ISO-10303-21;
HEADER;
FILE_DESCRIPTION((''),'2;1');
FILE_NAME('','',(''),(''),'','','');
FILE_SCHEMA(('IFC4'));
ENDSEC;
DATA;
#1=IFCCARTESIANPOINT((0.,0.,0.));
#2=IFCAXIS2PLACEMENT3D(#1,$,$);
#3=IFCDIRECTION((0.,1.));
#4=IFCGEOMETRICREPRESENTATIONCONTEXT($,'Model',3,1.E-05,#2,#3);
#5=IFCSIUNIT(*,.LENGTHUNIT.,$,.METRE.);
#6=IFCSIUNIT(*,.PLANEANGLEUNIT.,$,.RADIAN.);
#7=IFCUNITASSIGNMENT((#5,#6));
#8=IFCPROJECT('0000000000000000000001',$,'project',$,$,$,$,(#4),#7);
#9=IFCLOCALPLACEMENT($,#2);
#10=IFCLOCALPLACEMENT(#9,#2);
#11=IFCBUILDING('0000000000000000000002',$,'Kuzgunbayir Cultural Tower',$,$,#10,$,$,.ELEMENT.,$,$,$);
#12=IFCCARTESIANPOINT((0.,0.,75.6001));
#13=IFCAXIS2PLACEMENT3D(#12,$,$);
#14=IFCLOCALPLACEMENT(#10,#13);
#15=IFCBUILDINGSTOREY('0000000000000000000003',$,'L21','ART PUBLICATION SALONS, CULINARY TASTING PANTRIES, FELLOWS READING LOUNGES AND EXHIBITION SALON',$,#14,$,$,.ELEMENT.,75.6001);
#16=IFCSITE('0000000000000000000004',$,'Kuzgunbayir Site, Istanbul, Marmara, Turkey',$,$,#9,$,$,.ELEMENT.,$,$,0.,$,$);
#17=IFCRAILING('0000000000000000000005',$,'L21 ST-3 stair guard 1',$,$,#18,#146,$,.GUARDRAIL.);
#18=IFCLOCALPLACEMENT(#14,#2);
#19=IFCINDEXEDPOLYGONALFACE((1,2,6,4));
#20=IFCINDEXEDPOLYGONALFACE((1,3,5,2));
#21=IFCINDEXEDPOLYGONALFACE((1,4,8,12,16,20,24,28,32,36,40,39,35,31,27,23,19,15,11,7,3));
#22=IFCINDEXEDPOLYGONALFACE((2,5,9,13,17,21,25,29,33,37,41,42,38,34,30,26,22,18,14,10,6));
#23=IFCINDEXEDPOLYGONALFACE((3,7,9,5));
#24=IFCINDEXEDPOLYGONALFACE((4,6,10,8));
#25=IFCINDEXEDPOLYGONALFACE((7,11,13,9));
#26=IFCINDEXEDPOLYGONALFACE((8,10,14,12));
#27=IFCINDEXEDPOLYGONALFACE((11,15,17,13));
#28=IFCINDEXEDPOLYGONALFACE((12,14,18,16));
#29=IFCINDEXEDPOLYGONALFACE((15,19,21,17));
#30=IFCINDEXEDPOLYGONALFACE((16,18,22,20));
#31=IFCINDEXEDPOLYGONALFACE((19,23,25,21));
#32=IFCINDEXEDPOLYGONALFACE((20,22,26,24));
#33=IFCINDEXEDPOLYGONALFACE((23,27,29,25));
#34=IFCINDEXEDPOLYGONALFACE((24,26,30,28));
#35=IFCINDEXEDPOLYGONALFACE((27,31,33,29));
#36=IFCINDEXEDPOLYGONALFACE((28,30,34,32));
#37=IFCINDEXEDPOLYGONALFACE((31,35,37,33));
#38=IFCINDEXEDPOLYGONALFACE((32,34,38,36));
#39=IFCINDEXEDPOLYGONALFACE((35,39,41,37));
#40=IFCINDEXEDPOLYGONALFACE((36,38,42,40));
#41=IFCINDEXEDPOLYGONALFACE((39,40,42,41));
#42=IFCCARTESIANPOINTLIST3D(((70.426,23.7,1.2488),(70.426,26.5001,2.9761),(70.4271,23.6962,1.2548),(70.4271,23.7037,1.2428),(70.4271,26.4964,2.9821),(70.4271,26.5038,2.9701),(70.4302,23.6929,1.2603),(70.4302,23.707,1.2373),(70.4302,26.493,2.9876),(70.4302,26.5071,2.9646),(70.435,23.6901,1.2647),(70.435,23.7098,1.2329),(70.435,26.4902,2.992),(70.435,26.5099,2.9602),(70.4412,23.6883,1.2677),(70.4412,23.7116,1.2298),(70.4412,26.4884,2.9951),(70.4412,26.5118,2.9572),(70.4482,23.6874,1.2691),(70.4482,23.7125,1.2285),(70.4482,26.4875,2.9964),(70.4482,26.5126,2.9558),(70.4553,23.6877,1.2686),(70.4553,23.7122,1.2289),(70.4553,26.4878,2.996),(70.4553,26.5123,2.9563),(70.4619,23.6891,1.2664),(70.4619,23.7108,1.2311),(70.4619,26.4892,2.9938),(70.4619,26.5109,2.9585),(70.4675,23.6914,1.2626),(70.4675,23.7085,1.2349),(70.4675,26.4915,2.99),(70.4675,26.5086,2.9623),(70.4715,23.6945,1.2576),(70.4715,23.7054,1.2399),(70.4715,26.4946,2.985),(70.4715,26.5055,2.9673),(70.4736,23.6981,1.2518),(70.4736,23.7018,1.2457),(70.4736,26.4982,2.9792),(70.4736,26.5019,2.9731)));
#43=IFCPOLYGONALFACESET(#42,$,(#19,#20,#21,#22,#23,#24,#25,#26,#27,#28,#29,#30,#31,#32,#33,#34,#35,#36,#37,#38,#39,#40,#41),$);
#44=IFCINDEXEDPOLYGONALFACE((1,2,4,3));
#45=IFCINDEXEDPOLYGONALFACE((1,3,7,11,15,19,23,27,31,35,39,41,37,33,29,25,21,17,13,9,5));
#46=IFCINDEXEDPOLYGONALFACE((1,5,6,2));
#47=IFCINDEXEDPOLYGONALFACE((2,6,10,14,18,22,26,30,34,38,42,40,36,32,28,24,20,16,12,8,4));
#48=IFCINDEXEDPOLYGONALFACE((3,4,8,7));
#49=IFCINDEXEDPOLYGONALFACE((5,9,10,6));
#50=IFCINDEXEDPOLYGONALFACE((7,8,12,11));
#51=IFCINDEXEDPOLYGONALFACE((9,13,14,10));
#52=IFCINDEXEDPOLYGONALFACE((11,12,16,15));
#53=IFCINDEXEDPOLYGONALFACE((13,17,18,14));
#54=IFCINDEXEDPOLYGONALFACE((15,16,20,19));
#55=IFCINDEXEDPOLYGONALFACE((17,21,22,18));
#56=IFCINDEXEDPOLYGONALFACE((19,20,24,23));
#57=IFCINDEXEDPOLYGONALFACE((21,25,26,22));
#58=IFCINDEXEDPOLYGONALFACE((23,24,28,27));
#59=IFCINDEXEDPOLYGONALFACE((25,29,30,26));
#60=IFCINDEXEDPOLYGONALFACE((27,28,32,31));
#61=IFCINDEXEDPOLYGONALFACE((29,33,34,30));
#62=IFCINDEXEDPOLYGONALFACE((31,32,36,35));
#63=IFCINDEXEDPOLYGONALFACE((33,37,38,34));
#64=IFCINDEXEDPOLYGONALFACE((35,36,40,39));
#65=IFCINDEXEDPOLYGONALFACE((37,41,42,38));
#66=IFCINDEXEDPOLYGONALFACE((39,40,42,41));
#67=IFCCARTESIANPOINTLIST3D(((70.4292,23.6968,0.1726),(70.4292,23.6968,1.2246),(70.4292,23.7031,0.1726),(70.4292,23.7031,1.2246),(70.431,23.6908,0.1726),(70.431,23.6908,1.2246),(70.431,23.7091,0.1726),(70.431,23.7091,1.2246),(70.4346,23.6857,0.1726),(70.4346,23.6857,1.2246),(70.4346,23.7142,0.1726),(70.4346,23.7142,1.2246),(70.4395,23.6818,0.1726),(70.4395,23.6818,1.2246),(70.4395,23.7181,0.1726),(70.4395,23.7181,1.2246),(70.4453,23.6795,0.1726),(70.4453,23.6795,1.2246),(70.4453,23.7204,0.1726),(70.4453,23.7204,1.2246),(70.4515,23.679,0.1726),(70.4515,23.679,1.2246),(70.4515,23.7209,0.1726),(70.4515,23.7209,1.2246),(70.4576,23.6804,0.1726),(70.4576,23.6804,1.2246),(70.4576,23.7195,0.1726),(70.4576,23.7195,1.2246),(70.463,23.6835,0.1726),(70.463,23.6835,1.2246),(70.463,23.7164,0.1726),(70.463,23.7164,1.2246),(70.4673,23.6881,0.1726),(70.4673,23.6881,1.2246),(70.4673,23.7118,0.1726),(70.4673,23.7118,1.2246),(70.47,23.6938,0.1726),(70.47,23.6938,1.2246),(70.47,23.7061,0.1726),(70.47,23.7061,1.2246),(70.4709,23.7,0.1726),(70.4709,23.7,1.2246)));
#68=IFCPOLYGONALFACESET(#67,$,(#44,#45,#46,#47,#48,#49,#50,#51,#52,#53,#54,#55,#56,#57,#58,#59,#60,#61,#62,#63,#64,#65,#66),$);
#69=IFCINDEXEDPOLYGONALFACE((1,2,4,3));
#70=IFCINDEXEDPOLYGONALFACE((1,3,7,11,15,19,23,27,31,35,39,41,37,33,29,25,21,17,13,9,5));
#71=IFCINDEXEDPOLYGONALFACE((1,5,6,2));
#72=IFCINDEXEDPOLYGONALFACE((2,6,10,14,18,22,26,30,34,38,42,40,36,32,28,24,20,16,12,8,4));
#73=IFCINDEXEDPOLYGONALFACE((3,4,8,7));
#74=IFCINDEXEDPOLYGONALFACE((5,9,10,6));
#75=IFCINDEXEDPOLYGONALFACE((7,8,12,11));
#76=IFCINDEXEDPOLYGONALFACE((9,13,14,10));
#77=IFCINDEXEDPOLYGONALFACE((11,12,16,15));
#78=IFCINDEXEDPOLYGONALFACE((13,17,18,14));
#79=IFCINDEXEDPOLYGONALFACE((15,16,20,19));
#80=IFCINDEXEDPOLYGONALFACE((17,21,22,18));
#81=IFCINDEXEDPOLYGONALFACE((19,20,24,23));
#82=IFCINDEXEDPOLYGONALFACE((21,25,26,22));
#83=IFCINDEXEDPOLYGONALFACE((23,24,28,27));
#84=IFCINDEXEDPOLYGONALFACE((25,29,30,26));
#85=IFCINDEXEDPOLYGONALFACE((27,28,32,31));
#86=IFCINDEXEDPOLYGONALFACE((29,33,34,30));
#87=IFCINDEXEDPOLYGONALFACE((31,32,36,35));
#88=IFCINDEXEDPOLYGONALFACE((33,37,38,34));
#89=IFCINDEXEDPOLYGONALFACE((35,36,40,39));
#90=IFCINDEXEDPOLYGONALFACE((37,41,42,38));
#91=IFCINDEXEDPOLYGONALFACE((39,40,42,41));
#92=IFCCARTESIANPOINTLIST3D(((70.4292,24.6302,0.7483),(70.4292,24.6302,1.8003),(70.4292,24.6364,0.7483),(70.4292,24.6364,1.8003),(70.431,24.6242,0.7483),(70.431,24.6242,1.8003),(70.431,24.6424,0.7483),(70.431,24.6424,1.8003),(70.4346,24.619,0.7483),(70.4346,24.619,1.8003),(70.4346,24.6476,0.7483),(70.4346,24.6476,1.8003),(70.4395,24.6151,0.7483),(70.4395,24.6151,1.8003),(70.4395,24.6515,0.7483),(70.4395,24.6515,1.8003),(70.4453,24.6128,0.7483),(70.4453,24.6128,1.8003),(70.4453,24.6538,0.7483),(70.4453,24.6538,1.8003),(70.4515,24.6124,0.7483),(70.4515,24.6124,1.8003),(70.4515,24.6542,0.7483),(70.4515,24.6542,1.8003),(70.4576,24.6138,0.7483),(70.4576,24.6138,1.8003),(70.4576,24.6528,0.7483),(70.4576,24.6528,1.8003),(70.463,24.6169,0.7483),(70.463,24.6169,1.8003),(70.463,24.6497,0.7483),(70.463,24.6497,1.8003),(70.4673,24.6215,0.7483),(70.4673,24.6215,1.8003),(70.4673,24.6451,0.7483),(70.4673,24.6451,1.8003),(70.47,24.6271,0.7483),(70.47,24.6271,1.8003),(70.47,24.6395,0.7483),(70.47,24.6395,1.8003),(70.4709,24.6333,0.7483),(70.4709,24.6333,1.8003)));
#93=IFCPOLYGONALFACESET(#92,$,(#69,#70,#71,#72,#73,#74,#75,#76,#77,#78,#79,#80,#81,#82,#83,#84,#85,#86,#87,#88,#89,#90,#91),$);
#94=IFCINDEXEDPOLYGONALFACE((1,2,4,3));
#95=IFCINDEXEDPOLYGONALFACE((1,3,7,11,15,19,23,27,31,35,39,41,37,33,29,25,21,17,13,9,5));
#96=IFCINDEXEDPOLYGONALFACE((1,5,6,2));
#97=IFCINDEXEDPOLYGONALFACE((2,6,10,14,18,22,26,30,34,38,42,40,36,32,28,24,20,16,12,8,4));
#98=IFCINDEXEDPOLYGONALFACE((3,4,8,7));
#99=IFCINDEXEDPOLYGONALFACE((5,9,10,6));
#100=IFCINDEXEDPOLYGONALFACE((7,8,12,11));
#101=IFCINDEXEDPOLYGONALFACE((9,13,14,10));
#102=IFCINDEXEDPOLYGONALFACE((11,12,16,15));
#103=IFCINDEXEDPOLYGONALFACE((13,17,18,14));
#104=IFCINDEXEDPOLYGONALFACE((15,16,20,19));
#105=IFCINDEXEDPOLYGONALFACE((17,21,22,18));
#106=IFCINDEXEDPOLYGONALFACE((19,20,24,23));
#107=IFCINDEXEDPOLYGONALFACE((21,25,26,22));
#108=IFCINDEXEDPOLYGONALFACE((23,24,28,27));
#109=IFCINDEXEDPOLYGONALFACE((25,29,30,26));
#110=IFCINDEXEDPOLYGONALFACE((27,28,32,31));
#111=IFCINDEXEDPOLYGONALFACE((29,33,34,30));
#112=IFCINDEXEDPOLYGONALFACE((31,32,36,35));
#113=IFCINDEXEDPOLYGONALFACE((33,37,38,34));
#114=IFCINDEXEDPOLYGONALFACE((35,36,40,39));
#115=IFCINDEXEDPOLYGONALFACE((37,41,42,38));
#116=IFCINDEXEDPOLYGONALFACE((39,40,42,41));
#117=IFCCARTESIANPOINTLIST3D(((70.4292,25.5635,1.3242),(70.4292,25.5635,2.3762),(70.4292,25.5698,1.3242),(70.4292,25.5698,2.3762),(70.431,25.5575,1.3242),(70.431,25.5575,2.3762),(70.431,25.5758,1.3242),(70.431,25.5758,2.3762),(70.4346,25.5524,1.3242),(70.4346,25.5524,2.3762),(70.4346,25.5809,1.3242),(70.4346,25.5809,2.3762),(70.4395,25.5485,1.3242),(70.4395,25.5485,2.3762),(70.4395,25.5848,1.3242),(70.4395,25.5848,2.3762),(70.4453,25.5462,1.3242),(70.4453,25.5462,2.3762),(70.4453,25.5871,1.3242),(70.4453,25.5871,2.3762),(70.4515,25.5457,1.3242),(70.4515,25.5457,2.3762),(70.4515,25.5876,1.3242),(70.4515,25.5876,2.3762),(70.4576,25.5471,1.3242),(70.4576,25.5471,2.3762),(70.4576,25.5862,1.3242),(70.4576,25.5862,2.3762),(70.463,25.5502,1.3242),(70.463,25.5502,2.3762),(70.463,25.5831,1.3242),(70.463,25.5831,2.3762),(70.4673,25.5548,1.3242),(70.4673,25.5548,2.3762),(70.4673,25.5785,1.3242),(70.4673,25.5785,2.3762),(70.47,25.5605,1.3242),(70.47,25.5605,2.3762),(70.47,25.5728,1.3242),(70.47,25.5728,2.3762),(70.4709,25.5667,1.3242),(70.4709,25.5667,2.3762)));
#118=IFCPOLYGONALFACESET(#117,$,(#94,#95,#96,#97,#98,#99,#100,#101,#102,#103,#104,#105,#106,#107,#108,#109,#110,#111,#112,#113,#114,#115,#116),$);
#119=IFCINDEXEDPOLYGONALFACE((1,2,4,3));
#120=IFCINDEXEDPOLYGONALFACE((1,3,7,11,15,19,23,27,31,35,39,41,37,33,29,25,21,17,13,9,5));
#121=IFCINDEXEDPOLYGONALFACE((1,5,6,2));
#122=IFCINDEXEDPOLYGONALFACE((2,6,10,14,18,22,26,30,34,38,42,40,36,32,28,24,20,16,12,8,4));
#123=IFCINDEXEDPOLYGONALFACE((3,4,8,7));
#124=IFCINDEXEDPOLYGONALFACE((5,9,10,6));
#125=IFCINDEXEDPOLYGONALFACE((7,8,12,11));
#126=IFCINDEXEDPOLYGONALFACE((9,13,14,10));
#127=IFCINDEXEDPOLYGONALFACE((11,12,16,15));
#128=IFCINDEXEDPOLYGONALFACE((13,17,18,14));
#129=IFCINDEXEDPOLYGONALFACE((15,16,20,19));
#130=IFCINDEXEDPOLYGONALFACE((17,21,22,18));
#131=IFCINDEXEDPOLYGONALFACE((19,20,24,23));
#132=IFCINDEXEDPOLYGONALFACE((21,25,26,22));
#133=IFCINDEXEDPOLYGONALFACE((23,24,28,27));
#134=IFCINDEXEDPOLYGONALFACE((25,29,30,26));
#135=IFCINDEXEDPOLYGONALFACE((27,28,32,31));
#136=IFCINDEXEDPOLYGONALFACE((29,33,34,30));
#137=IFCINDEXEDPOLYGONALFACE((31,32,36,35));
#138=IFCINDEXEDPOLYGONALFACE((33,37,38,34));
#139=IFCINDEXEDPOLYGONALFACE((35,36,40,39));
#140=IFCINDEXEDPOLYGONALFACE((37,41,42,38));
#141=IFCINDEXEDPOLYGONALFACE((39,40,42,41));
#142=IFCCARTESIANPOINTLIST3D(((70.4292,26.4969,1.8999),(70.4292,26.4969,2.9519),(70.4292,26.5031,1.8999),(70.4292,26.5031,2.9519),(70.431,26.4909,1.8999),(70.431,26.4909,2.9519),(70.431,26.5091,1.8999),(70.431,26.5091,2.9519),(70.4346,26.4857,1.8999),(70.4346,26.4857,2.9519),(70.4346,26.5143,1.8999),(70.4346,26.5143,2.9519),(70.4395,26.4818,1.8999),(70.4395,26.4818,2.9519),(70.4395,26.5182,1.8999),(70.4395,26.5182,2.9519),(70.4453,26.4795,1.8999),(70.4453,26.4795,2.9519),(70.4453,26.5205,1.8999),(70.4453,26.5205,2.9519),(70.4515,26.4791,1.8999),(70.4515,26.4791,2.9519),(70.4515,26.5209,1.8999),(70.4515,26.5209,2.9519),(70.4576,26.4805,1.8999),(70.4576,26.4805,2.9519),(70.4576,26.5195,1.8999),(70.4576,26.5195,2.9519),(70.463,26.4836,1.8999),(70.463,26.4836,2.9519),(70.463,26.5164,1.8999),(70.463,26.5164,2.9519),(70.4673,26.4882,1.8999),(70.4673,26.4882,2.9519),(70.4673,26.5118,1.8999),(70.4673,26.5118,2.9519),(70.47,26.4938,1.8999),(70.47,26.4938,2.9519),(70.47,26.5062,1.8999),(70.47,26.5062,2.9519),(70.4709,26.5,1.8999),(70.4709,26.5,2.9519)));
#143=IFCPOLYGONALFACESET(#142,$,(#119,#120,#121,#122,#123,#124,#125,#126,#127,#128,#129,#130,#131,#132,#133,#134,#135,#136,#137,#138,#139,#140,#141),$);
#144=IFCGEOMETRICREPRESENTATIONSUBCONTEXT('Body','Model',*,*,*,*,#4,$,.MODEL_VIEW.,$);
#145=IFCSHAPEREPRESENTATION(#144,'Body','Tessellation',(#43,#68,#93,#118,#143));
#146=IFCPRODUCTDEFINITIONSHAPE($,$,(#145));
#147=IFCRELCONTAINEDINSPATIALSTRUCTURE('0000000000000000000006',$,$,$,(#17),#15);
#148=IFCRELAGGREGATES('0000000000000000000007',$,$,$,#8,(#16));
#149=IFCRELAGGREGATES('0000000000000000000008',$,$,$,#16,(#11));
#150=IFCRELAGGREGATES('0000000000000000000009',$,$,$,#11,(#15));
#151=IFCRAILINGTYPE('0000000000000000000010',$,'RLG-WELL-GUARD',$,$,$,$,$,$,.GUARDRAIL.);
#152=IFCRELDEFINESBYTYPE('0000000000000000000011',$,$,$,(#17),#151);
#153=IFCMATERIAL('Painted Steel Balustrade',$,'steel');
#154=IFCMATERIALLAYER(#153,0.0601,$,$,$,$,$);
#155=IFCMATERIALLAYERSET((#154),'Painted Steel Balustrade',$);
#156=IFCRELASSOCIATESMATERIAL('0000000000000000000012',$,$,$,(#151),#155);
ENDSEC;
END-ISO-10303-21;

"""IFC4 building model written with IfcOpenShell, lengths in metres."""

from ifc_helpers import new_model, si_unit, direction, frame, origin, origin_2d, place, context, subcontext, project, spatial, circle, extrude, material, layer, layer_set, type_object, element, save


model = new_model("IFC4")

# Units and contexts
model_context = context("Model", 3, precision=1e-05, world=origin(), true_north=direction((0.0, 1.0)))
body_context = subcontext(model_context, "Body", "Model", "MODEL_VIEW")
ifc_project = project(units=[si_unit("LENGTHUNIT", "METRE"), si_unit("PLANEANGLEUNIT", "RADIAN")], contexts=[model_context])

# Site, building, storey
site_placement = place(None, origin())
site = spatial("IfcSite", under=ifc_project, at=site_placement, Name="Kuzgunbayir Site, Istanbul, Marmara, Turkey", CompositionType="ELEMENT", RefElevation=0.0)
building_placement = place(site_placement, origin())
building = spatial("IfcBuilding", under=site, at=building_placement, Name="Kuzgunbayir Cultural Tower", CompositionType="ELEMENT")
storey_placement = place(building_placement, frame((0.0, 0.0, 75.6001)))
storey = spatial("IfcBuildingStorey", under=building, at=storey_placement, Name="L21", Description="ART PUBLICATION SALONS, CULINARY TASTING PANTRIES, FELLOWS READING LOUNGES AND EXHIBITION SALON", CompositionType="ELEMENT", Elevation=75.6001)

# Railing
ifc_material_1 = material(Name="Painted Steel Balustrade", Category="steel")
ifc_layer_1 = layer(ifc_material_1, 0.0601)
ifc_layer_set_1 = layer_set([ifc_layer_1], Name="Painted Steel Balustrade")
railing_type_1 = type_object("IfcRailingType", Name="RLG-WELL-GUARD", PredefinedType="GUARDRAIL", material=ifc_layer_set_1)
railing_1_placement = place(storey_placement, frame((70.45, 23.7, 0.1726)))
element("IfcRailing", 1, at=railing_1_placement, inside=storey, type_object=railing_type_1, Name="L21 ST-3 stair guard 1", PredefinedType="GUARDRAIL", context=body_context, shape_type="SweptSolid", body=[
    extrude(circle(Radius=0.0239, at=origin_2d()), frame((0.0, 0.0, 1.0762), z_axis=(0.0, 0.85109, 0.52502), x_axis=(-1.0, 0.0, 0.0)), (0.0, 0.0, 1.0), 3.29),
    extrude(circle(Radius=0.021, at=origin_2d()), origin(), (0.0, 0.0, 1.0), 1.052),
    extrude(circle(Radius=0.021, at=origin_2d()), frame((0.0, 0.9333, 0.5757)), (0.0, 0.0, 1.0), 1.052),
    extrude(circle(Radius=0.021, at=origin_2d()), frame((0.0, 1.8667, 1.1516)), (0.0, 0.0, 1.0), 1.052),
    extrude(circle(Radius=0.021, at=origin_2d()), frame((0.0, 2.8, 1.7273)), (0.0, 0.0, 1.0), 1.052),
])

save(model, "model.ifc")
